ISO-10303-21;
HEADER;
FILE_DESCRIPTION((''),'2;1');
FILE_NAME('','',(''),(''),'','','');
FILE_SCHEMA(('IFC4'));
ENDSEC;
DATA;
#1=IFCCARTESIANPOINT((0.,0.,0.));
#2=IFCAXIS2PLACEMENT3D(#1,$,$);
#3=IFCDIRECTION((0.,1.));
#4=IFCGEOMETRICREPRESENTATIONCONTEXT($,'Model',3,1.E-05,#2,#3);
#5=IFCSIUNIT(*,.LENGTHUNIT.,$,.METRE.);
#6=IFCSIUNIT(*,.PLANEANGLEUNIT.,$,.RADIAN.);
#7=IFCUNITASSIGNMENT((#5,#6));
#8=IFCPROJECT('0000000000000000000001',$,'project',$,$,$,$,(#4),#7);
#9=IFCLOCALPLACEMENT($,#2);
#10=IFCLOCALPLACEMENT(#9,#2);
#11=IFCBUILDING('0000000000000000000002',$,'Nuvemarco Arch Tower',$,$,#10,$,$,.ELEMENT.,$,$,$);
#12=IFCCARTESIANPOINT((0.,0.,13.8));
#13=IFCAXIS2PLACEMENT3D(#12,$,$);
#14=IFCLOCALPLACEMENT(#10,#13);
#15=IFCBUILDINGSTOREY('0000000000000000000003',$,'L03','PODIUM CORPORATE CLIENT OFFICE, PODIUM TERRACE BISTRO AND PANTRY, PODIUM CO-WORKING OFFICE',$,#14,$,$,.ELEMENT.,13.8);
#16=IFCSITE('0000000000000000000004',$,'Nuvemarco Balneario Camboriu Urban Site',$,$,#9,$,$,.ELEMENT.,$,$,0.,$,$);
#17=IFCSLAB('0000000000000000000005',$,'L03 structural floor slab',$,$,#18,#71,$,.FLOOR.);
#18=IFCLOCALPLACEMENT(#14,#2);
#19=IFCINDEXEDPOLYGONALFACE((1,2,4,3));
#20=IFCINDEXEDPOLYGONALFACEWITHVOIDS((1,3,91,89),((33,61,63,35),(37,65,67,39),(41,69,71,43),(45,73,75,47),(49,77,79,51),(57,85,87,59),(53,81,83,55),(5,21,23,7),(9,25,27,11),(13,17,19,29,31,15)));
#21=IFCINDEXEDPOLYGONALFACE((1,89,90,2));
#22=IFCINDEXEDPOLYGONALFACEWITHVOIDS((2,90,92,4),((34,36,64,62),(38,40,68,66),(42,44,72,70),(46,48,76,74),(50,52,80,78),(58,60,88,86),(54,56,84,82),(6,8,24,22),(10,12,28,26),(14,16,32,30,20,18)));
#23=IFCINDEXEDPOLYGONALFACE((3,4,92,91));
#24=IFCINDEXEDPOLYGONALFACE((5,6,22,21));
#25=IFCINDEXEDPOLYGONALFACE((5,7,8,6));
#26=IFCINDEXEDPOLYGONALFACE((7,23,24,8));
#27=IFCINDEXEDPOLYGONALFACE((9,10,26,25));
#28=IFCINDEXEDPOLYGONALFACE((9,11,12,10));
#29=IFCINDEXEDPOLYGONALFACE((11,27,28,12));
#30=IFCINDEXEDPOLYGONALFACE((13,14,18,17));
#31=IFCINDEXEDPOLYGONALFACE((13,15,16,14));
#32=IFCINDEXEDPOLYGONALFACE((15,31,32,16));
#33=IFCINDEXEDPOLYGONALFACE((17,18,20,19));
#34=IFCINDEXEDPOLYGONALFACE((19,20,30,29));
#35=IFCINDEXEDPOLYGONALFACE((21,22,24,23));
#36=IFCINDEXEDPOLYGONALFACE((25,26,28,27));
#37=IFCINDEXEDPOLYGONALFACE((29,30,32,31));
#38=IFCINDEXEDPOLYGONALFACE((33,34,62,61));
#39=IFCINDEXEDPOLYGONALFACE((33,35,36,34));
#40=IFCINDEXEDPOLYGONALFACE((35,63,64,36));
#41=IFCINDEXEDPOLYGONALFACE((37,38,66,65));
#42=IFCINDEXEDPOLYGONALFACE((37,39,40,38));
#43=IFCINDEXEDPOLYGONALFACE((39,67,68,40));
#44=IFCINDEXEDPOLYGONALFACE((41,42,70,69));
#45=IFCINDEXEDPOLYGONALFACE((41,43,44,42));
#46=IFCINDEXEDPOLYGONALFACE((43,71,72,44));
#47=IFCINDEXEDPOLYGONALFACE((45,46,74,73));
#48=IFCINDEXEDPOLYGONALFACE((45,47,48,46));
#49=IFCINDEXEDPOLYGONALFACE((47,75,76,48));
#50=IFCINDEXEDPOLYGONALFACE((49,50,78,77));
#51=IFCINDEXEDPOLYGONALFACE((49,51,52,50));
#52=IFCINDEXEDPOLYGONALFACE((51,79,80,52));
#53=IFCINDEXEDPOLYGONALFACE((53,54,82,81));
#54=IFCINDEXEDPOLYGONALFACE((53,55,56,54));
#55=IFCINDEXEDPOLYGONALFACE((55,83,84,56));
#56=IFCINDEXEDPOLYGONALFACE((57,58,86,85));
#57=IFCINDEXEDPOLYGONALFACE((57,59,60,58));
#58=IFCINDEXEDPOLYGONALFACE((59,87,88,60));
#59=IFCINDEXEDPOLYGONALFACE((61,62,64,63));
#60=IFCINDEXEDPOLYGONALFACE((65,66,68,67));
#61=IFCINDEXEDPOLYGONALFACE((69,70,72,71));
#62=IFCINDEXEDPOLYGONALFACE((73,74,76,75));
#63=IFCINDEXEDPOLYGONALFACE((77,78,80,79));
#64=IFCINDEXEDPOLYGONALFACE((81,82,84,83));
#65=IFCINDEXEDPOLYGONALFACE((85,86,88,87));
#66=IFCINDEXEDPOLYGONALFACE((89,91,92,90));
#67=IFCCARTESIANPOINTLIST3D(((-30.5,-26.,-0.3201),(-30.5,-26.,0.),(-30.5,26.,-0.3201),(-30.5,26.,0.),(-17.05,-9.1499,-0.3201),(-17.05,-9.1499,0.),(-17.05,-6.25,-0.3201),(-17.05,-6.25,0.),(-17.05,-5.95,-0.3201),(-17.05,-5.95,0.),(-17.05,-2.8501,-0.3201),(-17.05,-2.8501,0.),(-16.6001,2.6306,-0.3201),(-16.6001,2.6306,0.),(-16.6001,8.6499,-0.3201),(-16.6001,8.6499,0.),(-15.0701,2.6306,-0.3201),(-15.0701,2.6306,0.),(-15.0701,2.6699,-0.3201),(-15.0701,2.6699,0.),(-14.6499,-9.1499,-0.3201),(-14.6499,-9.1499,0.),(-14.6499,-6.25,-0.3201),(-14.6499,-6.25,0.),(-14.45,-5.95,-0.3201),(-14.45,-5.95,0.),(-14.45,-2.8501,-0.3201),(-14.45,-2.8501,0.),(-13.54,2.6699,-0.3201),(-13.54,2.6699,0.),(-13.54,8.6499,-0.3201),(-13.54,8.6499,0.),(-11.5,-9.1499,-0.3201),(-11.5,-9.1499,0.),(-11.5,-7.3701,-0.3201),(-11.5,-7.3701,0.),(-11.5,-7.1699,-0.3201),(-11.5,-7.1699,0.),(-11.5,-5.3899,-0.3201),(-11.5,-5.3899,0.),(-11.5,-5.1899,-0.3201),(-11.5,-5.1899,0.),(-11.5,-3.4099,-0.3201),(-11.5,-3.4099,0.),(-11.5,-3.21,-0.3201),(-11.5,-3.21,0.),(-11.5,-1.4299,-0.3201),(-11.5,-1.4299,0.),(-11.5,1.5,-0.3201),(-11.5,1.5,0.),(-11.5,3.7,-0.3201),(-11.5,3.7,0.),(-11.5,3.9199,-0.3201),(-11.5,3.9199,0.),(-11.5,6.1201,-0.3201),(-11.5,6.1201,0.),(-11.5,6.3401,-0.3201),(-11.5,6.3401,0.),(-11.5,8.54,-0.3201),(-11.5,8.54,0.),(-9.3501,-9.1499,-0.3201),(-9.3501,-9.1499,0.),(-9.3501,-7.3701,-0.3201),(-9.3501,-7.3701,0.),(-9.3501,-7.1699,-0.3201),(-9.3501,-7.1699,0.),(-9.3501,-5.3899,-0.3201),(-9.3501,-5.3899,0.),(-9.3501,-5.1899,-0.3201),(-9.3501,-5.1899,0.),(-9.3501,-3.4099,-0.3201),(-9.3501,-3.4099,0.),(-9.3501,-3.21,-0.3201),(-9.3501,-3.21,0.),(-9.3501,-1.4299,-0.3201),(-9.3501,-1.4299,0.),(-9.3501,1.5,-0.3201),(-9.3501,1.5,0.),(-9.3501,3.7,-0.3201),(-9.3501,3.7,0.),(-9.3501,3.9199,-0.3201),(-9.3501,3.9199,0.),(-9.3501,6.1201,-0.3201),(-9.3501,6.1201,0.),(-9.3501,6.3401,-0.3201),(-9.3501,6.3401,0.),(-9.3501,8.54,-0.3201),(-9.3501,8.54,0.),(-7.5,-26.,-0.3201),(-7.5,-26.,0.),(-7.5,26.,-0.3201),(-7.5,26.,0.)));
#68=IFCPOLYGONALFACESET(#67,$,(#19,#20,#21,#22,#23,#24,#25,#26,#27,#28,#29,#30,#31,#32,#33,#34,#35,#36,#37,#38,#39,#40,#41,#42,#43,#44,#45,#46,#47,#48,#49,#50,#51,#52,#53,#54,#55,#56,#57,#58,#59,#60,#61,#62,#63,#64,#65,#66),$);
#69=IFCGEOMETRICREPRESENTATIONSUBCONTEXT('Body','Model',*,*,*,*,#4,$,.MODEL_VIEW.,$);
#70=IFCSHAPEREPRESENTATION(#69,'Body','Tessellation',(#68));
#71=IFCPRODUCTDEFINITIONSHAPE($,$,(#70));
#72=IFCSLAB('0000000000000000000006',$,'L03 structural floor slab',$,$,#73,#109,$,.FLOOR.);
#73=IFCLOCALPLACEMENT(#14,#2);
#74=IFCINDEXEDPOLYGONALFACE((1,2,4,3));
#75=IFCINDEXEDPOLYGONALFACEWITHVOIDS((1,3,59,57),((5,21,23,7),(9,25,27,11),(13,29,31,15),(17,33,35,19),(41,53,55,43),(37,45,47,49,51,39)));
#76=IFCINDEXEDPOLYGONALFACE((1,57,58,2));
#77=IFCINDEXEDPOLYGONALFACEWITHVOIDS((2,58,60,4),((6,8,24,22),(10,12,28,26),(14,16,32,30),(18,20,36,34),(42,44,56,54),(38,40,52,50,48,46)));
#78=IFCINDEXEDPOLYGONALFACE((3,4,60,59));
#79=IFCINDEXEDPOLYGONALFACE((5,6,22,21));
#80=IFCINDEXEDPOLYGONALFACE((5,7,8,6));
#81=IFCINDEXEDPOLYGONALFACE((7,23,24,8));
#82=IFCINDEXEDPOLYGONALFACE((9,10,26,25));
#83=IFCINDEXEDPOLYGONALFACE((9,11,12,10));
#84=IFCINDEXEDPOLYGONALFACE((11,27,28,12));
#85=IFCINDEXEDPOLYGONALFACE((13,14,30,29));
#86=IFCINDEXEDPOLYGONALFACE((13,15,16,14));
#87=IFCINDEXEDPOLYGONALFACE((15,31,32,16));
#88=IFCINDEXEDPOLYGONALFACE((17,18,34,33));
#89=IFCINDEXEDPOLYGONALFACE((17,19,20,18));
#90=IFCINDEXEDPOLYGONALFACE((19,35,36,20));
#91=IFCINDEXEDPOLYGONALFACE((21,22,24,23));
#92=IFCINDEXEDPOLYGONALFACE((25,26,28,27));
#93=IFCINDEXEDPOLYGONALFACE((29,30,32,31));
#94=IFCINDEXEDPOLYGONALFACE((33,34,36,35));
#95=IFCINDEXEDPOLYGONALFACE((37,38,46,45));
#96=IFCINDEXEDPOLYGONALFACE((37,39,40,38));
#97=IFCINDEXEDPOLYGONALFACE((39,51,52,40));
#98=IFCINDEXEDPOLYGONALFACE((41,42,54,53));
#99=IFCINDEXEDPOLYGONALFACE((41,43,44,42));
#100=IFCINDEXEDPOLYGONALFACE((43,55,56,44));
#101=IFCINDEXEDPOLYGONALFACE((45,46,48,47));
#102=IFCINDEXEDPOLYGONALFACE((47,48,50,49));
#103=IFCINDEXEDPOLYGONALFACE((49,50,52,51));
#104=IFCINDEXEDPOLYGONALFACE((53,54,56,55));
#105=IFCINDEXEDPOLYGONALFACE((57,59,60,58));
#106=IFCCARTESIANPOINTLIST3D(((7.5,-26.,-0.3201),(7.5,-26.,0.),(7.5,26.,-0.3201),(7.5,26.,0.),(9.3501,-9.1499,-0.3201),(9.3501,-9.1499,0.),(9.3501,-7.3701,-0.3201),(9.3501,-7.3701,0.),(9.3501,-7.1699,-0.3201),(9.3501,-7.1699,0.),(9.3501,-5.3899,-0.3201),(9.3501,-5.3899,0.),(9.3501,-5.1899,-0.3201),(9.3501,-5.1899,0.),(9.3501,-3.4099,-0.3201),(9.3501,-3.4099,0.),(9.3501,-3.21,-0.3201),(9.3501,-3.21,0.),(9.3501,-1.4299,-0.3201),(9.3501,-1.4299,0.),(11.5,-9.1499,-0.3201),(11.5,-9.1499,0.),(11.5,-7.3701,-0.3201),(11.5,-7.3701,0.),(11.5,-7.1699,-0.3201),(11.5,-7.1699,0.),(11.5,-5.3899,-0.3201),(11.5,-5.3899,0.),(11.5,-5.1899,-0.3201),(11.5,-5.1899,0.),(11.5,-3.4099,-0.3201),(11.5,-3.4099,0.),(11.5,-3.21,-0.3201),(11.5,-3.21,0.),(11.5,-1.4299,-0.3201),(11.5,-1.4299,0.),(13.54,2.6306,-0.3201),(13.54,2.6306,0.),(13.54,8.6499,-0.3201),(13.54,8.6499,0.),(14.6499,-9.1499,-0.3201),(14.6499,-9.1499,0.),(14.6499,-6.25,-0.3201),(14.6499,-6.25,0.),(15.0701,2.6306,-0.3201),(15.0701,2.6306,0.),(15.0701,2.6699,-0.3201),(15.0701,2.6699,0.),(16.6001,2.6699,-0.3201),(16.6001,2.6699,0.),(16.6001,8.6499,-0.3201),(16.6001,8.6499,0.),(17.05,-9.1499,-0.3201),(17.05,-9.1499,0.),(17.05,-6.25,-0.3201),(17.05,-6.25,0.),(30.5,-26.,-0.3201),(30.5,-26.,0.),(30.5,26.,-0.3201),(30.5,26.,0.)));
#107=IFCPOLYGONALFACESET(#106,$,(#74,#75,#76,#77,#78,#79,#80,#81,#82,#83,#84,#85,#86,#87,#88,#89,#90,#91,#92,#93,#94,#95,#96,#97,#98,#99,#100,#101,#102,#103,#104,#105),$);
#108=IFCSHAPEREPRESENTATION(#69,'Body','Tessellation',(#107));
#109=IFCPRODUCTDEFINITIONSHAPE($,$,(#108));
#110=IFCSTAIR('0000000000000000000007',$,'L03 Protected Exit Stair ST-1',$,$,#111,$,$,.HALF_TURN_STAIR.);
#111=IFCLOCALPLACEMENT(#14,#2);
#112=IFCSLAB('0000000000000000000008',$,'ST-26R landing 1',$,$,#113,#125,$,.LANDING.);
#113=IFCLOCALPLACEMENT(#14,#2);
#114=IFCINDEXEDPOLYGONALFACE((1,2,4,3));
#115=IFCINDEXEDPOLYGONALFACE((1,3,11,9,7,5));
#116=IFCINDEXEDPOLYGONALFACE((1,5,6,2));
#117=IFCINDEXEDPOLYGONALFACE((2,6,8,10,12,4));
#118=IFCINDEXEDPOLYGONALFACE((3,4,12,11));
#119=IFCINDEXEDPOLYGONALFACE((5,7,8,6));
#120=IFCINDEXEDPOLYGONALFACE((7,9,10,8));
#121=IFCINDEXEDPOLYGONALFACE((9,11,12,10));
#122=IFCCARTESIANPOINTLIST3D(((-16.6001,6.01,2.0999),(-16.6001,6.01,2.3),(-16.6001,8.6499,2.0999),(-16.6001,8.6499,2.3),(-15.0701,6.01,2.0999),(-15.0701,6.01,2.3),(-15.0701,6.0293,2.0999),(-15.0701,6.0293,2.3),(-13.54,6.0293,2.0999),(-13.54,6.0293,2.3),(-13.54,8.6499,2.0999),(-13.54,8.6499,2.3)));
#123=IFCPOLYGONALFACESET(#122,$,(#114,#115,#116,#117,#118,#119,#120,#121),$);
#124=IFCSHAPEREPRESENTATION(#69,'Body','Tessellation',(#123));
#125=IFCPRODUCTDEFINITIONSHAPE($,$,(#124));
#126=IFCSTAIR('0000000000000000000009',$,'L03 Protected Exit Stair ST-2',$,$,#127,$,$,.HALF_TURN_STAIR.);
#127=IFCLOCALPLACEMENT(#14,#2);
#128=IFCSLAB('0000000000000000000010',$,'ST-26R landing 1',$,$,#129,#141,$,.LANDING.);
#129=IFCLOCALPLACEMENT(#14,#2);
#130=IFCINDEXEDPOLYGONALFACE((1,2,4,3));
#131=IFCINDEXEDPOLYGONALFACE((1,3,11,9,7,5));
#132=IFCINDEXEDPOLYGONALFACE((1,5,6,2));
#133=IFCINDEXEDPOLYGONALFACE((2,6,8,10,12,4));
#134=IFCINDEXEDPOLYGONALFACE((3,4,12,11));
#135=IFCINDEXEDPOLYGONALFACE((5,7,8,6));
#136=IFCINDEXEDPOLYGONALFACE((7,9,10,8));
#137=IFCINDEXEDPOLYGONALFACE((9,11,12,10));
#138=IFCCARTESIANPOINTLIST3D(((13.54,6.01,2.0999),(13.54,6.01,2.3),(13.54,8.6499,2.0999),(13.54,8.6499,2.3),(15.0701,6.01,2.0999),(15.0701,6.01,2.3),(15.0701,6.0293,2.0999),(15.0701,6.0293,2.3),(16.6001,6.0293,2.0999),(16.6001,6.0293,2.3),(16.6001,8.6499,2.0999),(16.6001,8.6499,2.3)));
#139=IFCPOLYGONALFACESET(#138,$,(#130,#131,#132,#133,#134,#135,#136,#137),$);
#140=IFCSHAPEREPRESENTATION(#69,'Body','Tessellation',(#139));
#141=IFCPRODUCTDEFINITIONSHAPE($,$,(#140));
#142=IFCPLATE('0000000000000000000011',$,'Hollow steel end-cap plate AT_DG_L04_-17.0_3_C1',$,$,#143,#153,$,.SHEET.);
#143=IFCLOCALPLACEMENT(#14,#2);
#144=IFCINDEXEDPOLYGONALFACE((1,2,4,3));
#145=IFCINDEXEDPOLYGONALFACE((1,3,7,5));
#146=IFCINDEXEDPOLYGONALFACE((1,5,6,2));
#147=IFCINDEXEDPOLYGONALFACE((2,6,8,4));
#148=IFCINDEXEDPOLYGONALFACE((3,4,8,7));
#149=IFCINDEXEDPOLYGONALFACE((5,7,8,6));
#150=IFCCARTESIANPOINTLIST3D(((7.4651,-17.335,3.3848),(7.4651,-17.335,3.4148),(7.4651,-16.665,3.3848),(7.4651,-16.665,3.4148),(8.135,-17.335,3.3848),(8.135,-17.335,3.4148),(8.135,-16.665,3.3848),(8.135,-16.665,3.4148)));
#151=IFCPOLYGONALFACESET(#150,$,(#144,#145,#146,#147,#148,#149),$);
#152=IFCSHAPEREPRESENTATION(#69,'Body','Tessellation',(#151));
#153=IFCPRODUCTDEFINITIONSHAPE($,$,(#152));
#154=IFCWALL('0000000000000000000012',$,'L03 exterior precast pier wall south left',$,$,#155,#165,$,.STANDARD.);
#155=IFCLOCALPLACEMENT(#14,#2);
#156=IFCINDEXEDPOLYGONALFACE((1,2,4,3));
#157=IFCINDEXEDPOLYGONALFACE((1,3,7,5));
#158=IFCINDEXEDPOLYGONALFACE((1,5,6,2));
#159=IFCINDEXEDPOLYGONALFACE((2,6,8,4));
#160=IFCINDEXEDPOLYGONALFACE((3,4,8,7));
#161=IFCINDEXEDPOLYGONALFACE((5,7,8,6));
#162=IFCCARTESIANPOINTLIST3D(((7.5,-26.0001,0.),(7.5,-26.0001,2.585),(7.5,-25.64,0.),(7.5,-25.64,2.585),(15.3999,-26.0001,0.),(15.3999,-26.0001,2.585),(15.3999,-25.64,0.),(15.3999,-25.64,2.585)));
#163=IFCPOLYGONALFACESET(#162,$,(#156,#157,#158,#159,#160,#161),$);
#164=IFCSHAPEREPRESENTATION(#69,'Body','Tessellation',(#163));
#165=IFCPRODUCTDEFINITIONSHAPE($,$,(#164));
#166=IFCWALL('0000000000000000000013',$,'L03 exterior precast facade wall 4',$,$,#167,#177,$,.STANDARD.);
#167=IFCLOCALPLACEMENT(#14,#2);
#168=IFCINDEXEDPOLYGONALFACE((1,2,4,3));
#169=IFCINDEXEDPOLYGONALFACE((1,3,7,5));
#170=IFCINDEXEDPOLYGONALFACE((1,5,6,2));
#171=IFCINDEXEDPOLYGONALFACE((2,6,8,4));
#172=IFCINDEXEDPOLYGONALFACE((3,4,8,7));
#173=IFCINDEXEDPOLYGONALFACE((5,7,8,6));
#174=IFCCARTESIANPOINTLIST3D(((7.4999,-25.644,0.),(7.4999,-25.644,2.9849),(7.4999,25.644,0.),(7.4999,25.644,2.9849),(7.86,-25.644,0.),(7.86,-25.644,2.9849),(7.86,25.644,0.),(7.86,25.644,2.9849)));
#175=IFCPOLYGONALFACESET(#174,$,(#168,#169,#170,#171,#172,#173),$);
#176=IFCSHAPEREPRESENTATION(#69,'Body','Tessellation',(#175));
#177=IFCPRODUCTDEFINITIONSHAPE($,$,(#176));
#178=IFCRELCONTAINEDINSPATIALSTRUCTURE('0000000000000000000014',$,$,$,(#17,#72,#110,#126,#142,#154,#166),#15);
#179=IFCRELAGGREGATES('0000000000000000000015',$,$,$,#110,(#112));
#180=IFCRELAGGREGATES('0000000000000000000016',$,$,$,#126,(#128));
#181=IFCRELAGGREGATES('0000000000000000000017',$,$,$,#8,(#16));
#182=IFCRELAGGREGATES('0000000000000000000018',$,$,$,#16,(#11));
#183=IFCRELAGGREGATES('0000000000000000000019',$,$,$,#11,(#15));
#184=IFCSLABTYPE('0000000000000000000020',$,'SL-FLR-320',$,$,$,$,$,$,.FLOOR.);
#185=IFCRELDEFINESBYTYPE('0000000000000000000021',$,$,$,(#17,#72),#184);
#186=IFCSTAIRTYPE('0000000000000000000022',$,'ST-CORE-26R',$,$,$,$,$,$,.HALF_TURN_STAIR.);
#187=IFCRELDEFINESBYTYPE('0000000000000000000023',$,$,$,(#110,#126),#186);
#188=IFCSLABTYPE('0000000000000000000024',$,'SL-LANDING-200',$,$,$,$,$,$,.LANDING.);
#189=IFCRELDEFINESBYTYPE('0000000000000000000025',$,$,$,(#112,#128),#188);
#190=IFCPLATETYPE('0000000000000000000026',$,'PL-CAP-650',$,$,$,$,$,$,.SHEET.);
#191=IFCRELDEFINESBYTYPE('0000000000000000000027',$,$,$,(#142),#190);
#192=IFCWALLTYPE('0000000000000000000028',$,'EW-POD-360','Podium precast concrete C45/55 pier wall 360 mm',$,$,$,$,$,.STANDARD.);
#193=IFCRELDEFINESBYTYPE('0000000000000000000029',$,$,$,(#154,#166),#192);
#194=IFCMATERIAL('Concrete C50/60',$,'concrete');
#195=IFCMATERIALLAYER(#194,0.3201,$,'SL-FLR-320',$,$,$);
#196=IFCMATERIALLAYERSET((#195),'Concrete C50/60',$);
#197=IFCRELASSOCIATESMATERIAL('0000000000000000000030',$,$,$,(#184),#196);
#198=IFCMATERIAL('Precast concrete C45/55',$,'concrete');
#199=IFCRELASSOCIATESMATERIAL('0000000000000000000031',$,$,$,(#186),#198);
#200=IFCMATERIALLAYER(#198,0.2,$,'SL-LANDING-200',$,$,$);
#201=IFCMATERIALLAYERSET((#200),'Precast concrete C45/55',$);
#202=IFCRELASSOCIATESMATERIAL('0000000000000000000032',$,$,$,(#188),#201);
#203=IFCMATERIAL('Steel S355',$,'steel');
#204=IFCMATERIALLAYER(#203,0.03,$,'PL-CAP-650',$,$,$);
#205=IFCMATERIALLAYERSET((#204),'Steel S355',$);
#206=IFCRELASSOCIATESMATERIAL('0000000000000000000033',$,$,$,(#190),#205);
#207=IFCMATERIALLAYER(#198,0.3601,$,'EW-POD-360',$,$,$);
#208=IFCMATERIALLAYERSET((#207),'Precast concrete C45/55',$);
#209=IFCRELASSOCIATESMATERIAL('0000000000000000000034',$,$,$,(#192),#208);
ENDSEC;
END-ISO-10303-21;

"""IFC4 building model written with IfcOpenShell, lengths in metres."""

from ifc_helpers import new_model, si_unit, direction, frame, frame_2d, origin, origin_2d, place, context, subcontext, project, spatial, polyline, rectangle, outline, extrude, source, transform, mapped, material, layer, layer_set, type_object, type_shapes, element, aggregate, save


model = new_model("IFC4")

# Units and contexts
model_context = context("Model", 3, precision=1e-05, world=origin(), true_north=direction((0.0, 1.0)))
body_context = subcontext(model_context, "Body", "Model", "MODEL_VIEW")
ifc_project = project(units=[si_unit("LENGTHUNIT", "METRE"), si_unit("PLANEANGLEUNIT", "RADIAN")], contexts=[model_context])

# Site, building, storey
site_placement = place(None, origin())
site = spatial("IfcSite", under=ifc_project, at=site_placement, Name="Nuvemarco Balneario Camboriu Urban Site", CompositionType="ELEMENT", RefElevation=0.0)
building_placement = place(site_placement, origin())
building = spatial("IfcBuilding", under=site, at=building_placement, Name="Nuvemarco Arch Tower", CompositionType="ELEMENT")
storey_placement = place(building_placement, frame((0.0, 0.0, 13.8)))
storey = spatial("IfcBuildingStorey", under=building, at=storey_placement, Name="L03", Description="PODIUM CORPORATE CLIENT OFFICE, PODIUM TERRACE BISTRO AND PANTRY, PODIUM CO-WORKING OFFICE", CompositionType="ELEMENT", Elevation=13.8)

# Shared definitions
ifc_material_1 = material(Name="Steel S355", Category="steel")
ifc_material_2 = material(Name="Precast concrete C45/55", Category="concrete")

# Slabs
ifc_material_3 = material(Name="Concrete C50/60", Category="concrete")
ifc_layer_1 = layer(ifc_material_3, 0.3201, Name="SL-FLR-320")
ifc_layer_set_1 = layer_set([ifc_layer_1], Name="Concrete C50/60")
slab_type_1 = type_object("IfcSlabType", Name="SL-FLR-320", PredefinedType="FLOOR", material=ifc_layer_set_1)
slab_1_placement = place(storey_placement, frame((0.0, 0.0, -0.3201)))
element("IfcSlab", 1, at=slab_1_placement, inside=storey, type_object=slab_type_1, Name="L03 structural floor slab", PredefinedType="FLOOR", context=body_context, shape_type="SweptSolid", body=[
    extrude(outline(polyline([(-30.5, -26.0), (-7.5, -26.0), (-7.5, 26.0), (-30.5, 26.0), (-30.5, -26.0)]), holes=[polyline([(-13.54, 2.6699), (-13.54, 8.6499), (-16.6001, 8.6499), (-16.6001, 2.6306), (-15.0701, 2.6306), (-15.0701, 2.6699), (-13.54, 2.6699)]), polyline([(-17.05, -9.1499), (-14.6499, -9.1499), (-14.6499, -6.25), (-17.05, -6.25), (-17.05, -9.1499)]), polyline([(-17.05, -5.95), (-14.45, -5.95), (-14.45, -2.8501), (-17.05, -2.8501), (-17.05, -5.95)]), polyline([(-11.5, -9.1499), (-9.3501, -9.1499), (-9.3501, -7.3701), (-11.5, -7.3701), (-11.5, -9.1499)]), polyline([(-11.5, -7.1699), (-9.3501, -7.1699), (-9.3501, -5.3899), (-11.5, -5.3899), (-11.5, -7.1699)]), polyline([(-11.5, -5.1899), (-9.3501, -5.1899), (-9.3501, -3.4099), (-11.5, -3.4099), (-11.5, -5.1899)]), polyline([(-11.5, -3.21), (-9.3501, -3.21), (-9.3501, -1.4299), (-11.5, -1.4299), (-11.5, -3.21)]), polyline([(-11.5, 1.5), (-9.3501, 1.5), (-9.3501, 3.7), (-11.5, 3.7), (-11.5, 1.5)]), polyline([(-11.5, 3.9199), (-9.3501, 3.9199), (-9.3501, 6.1201), (-11.5, 6.1201), (-11.5, 3.9199)]), polyline([(-11.5, 6.3401), (-9.3501, 6.3401), (-9.3501, 8.54), (-11.5, 8.54), (-11.5, 6.3401)])]), origin(), (0.0, 0.0, 1.0), 0.3201),
])
slab_2_placement = place(storey_placement, frame((0.0, 0.0, -0.3201)))
element("IfcSlab", 2, at=slab_2_placement, inside=storey, type_object=slab_type_1, Name="L03 structural floor slab", PredefinedType="FLOOR", context=body_context, shape_type="SweptSolid", body=[
    extrude(outline(polyline([(7.5, -26.0), (30.5, -26.0), (30.5, 26.0), (7.5, 26.0), (7.5, -26.0)]), holes=[polyline([(16.6001, 2.6699), (16.6001, 8.6499), (13.54, 8.6499), (13.54, 2.6306), (15.0701, 2.6306), (15.0701, 2.6699), (16.6001, 2.6699)]), polyline([(14.6499, -9.1499), (17.05, -9.1499), (17.05, -6.25), (14.6499, -6.25), (14.6499, -9.1499)]), polyline([(9.3501, -9.1499), (11.5, -9.1499), (11.5, -7.3701), (9.3501, -7.3701), (9.3501, -9.1499)]), polyline([(9.3501, -7.1699), (11.5, -7.1699), (11.5, -5.3899), (9.3501, -5.3899), (9.3501, -7.1699)]), polyline([(9.3501, -5.1899), (11.5, -5.1899), (11.5, -3.4099), (9.3501, -3.4099), (9.3501, -5.1899)]), polyline([(9.3501, -3.21), (11.5, -3.21), (11.5, -1.4299), (9.3501, -1.4299), (9.3501, -3.21)])]), origin(), (0.0, 0.0, 1.0), 0.3201),
])

# Stairs, slabs
stair_type = type_object("IfcStairType", Name="ST-CORE-26R", PredefinedType="HALF_TURN_STAIR", material=ifc_material_2)
stair_1_placement = place(storey_placement, origin())
stair_1 = element("IfcStair", 3, at=stair_1_placement, inside=storey, type_object=stair_type, Name="L03 Protected Exit Stair ST-1", PredefinedType="HALF_TURN_STAIR")
ifc_layer_2 = layer(ifc_material_2, 0.2, Name="SL-LANDING-200")
ifc_layer_set_2 = layer_set([ifc_layer_2], Name="Precast concrete C45/55")
slab_type_2 = type_object("IfcSlabType", Name="SL-LANDING-200", PredefinedType="LANDING", material=ifc_layer_set_2)
slab_3_placement = place(storey_placement, frame((0.0, 0.0, 2.0999)))
slab_3 = element("IfcSlab", 4, at=slab_3_placement, type_object=slab_type_2, Name="ST-26R landing 1", PredefinedType="LANDING", context=body_context, shape_type="SweptSolid", body=[
    extrude(outline(polyline([(-13.54, 6.0293), (-13.54, 8.6499), (-16.6001, 8.6499), (-16.6001, 6.01), (-15.0701, 6.01), (-15.0701, 6.0293), (-13.54, 6.0293)])), origin(), (0.0, 0.0, 1.0), 0.2002),
])
aggregate(stair_1, [slab_3])
stair_2_placement = place(storey_placement, origin())
stair_2 = element("IfcStair", 5, at=stair_2_placement, inside=storey, type_object=stair_type, Name="L03 Protected Exit Stair ST-2", PredefinedType="HALF_TURN_STAIR")
slab_4_placement = place(storey_placement, frame((0.0, 0.0, 2.0999)))
slab_4 = element("IfcSlab", 6, at=slab_4_placement, type_object=slab_type_2, Name="ST-26R landing 1", PredefinedType="LANDING", context=body_context, shape_type="SweptSolid", body=[
    extrude(outline(polyline([(16.6001, 6.0293), (16.6001, 8.6499), (13.54, 8.6499), (13.54, 6.01), (15.0701, 6.01), (15.0701, 6.0293), (16.6001, 6.0293)])), origin(), (0.0, 0.0, 1.0), 0.2002),
])
aggregate(stair_2, [slab_4])

# Plate
ifc_layer_3 = layer(ifc_material_1, 0.03, Name="PL-CAP-650")
ifc_layer_set_3 = layer_set([ifc_layer_3], Name="Steel S355")
plate_type = type_object("IfcPlateType", Name="PL-CAP-650", PredefinedType="SHEET", material=ifc_layer_set_3)
shared_shape_1 = source(origin(), body_context, "Body", "SweptSolid", [
    extrude(rectangle(XDim=0.6699, YDim=0.6699, at=origin_2d()), origin(), (0.0, 0.0, 1.0), 0.03),
])
type_shapes(plate_type, [shared_shape_1])
plate_placement = place(storey_placement, frame((7.8, -17.0, 3.3848), z_axis=(0.0, 0.0, 1.0), x_axis=(1.0, 0.0, 0.0)))
element("IfcPlate", 7, at=plate_placement, inside=storey, type_object=plate_type, Name="Hollow steel end-cap plate AT_DG_L04_-17.0_3_C1", PredefinedType="SHEET", context=body_context, shape_type="MappedRepresentation", body=[
    mapped(shared_shape_1, transform((0.0, 0.0, 0.0), scale=1.0)),
])

# Walls
ifc_layer_4 = layer(ifc_material_2, 0.3601, Name="EW-POD-360")
ifc_layer_set_4 = layer_set([ifc_layer_4], Name="Precast concrete C45/55")
wall_type_1 = type_object("IfcWallType", Name="EW-POD-360", Description="Podium precast concrete C45/55 pier wall 360 mm", PredefinedType="STANDARD", material=ifc_layer_set_4)
wall_1_placement = place(storey_placement, frame((7.5, -25.8201, 0.0), z_axis=(0.0, 0.0, 1.0), x_axis=(1.0, 0.0, 0.0)))
element("IfcWall", 8, at=wall_1_placement, inside=storey, type_object=wall_type_1, Name="L03 exterior precast pier wall south left", PredefinedType="STANDARD", context=body_context, shape_type="SweptSolid", body=[
    extrude(rectangle(XDim=7.8999, YDim=0.3601, at=frame_2d((3.95, 0.0))), origin(), (0.0, 0.0, 1.0), 2.585),
])
wall_2_placement = place(storey_placement, frame((7.6799, -25.644, 0.0), z_axis=(0.0, 0.0, 1.0), x_axis=(0.0, 1.0, 0.0)))
element("IfcWall", 9, at=wall_2_placement, inside=storey, type_object=wall_type_1, Name="L03 exterior precast facade wall 4", PredefinedType="STANDARD", context=body_context, shape_type="SweptSolid", body=[
    extrude(rectangle(XDim=51.2881, YDim=0.3601, at=frame_2d((25.644, 0.0))), origin(), (0.0, 0.0, 1.0), 2.9849),
])

save(model, "model.ifc")
